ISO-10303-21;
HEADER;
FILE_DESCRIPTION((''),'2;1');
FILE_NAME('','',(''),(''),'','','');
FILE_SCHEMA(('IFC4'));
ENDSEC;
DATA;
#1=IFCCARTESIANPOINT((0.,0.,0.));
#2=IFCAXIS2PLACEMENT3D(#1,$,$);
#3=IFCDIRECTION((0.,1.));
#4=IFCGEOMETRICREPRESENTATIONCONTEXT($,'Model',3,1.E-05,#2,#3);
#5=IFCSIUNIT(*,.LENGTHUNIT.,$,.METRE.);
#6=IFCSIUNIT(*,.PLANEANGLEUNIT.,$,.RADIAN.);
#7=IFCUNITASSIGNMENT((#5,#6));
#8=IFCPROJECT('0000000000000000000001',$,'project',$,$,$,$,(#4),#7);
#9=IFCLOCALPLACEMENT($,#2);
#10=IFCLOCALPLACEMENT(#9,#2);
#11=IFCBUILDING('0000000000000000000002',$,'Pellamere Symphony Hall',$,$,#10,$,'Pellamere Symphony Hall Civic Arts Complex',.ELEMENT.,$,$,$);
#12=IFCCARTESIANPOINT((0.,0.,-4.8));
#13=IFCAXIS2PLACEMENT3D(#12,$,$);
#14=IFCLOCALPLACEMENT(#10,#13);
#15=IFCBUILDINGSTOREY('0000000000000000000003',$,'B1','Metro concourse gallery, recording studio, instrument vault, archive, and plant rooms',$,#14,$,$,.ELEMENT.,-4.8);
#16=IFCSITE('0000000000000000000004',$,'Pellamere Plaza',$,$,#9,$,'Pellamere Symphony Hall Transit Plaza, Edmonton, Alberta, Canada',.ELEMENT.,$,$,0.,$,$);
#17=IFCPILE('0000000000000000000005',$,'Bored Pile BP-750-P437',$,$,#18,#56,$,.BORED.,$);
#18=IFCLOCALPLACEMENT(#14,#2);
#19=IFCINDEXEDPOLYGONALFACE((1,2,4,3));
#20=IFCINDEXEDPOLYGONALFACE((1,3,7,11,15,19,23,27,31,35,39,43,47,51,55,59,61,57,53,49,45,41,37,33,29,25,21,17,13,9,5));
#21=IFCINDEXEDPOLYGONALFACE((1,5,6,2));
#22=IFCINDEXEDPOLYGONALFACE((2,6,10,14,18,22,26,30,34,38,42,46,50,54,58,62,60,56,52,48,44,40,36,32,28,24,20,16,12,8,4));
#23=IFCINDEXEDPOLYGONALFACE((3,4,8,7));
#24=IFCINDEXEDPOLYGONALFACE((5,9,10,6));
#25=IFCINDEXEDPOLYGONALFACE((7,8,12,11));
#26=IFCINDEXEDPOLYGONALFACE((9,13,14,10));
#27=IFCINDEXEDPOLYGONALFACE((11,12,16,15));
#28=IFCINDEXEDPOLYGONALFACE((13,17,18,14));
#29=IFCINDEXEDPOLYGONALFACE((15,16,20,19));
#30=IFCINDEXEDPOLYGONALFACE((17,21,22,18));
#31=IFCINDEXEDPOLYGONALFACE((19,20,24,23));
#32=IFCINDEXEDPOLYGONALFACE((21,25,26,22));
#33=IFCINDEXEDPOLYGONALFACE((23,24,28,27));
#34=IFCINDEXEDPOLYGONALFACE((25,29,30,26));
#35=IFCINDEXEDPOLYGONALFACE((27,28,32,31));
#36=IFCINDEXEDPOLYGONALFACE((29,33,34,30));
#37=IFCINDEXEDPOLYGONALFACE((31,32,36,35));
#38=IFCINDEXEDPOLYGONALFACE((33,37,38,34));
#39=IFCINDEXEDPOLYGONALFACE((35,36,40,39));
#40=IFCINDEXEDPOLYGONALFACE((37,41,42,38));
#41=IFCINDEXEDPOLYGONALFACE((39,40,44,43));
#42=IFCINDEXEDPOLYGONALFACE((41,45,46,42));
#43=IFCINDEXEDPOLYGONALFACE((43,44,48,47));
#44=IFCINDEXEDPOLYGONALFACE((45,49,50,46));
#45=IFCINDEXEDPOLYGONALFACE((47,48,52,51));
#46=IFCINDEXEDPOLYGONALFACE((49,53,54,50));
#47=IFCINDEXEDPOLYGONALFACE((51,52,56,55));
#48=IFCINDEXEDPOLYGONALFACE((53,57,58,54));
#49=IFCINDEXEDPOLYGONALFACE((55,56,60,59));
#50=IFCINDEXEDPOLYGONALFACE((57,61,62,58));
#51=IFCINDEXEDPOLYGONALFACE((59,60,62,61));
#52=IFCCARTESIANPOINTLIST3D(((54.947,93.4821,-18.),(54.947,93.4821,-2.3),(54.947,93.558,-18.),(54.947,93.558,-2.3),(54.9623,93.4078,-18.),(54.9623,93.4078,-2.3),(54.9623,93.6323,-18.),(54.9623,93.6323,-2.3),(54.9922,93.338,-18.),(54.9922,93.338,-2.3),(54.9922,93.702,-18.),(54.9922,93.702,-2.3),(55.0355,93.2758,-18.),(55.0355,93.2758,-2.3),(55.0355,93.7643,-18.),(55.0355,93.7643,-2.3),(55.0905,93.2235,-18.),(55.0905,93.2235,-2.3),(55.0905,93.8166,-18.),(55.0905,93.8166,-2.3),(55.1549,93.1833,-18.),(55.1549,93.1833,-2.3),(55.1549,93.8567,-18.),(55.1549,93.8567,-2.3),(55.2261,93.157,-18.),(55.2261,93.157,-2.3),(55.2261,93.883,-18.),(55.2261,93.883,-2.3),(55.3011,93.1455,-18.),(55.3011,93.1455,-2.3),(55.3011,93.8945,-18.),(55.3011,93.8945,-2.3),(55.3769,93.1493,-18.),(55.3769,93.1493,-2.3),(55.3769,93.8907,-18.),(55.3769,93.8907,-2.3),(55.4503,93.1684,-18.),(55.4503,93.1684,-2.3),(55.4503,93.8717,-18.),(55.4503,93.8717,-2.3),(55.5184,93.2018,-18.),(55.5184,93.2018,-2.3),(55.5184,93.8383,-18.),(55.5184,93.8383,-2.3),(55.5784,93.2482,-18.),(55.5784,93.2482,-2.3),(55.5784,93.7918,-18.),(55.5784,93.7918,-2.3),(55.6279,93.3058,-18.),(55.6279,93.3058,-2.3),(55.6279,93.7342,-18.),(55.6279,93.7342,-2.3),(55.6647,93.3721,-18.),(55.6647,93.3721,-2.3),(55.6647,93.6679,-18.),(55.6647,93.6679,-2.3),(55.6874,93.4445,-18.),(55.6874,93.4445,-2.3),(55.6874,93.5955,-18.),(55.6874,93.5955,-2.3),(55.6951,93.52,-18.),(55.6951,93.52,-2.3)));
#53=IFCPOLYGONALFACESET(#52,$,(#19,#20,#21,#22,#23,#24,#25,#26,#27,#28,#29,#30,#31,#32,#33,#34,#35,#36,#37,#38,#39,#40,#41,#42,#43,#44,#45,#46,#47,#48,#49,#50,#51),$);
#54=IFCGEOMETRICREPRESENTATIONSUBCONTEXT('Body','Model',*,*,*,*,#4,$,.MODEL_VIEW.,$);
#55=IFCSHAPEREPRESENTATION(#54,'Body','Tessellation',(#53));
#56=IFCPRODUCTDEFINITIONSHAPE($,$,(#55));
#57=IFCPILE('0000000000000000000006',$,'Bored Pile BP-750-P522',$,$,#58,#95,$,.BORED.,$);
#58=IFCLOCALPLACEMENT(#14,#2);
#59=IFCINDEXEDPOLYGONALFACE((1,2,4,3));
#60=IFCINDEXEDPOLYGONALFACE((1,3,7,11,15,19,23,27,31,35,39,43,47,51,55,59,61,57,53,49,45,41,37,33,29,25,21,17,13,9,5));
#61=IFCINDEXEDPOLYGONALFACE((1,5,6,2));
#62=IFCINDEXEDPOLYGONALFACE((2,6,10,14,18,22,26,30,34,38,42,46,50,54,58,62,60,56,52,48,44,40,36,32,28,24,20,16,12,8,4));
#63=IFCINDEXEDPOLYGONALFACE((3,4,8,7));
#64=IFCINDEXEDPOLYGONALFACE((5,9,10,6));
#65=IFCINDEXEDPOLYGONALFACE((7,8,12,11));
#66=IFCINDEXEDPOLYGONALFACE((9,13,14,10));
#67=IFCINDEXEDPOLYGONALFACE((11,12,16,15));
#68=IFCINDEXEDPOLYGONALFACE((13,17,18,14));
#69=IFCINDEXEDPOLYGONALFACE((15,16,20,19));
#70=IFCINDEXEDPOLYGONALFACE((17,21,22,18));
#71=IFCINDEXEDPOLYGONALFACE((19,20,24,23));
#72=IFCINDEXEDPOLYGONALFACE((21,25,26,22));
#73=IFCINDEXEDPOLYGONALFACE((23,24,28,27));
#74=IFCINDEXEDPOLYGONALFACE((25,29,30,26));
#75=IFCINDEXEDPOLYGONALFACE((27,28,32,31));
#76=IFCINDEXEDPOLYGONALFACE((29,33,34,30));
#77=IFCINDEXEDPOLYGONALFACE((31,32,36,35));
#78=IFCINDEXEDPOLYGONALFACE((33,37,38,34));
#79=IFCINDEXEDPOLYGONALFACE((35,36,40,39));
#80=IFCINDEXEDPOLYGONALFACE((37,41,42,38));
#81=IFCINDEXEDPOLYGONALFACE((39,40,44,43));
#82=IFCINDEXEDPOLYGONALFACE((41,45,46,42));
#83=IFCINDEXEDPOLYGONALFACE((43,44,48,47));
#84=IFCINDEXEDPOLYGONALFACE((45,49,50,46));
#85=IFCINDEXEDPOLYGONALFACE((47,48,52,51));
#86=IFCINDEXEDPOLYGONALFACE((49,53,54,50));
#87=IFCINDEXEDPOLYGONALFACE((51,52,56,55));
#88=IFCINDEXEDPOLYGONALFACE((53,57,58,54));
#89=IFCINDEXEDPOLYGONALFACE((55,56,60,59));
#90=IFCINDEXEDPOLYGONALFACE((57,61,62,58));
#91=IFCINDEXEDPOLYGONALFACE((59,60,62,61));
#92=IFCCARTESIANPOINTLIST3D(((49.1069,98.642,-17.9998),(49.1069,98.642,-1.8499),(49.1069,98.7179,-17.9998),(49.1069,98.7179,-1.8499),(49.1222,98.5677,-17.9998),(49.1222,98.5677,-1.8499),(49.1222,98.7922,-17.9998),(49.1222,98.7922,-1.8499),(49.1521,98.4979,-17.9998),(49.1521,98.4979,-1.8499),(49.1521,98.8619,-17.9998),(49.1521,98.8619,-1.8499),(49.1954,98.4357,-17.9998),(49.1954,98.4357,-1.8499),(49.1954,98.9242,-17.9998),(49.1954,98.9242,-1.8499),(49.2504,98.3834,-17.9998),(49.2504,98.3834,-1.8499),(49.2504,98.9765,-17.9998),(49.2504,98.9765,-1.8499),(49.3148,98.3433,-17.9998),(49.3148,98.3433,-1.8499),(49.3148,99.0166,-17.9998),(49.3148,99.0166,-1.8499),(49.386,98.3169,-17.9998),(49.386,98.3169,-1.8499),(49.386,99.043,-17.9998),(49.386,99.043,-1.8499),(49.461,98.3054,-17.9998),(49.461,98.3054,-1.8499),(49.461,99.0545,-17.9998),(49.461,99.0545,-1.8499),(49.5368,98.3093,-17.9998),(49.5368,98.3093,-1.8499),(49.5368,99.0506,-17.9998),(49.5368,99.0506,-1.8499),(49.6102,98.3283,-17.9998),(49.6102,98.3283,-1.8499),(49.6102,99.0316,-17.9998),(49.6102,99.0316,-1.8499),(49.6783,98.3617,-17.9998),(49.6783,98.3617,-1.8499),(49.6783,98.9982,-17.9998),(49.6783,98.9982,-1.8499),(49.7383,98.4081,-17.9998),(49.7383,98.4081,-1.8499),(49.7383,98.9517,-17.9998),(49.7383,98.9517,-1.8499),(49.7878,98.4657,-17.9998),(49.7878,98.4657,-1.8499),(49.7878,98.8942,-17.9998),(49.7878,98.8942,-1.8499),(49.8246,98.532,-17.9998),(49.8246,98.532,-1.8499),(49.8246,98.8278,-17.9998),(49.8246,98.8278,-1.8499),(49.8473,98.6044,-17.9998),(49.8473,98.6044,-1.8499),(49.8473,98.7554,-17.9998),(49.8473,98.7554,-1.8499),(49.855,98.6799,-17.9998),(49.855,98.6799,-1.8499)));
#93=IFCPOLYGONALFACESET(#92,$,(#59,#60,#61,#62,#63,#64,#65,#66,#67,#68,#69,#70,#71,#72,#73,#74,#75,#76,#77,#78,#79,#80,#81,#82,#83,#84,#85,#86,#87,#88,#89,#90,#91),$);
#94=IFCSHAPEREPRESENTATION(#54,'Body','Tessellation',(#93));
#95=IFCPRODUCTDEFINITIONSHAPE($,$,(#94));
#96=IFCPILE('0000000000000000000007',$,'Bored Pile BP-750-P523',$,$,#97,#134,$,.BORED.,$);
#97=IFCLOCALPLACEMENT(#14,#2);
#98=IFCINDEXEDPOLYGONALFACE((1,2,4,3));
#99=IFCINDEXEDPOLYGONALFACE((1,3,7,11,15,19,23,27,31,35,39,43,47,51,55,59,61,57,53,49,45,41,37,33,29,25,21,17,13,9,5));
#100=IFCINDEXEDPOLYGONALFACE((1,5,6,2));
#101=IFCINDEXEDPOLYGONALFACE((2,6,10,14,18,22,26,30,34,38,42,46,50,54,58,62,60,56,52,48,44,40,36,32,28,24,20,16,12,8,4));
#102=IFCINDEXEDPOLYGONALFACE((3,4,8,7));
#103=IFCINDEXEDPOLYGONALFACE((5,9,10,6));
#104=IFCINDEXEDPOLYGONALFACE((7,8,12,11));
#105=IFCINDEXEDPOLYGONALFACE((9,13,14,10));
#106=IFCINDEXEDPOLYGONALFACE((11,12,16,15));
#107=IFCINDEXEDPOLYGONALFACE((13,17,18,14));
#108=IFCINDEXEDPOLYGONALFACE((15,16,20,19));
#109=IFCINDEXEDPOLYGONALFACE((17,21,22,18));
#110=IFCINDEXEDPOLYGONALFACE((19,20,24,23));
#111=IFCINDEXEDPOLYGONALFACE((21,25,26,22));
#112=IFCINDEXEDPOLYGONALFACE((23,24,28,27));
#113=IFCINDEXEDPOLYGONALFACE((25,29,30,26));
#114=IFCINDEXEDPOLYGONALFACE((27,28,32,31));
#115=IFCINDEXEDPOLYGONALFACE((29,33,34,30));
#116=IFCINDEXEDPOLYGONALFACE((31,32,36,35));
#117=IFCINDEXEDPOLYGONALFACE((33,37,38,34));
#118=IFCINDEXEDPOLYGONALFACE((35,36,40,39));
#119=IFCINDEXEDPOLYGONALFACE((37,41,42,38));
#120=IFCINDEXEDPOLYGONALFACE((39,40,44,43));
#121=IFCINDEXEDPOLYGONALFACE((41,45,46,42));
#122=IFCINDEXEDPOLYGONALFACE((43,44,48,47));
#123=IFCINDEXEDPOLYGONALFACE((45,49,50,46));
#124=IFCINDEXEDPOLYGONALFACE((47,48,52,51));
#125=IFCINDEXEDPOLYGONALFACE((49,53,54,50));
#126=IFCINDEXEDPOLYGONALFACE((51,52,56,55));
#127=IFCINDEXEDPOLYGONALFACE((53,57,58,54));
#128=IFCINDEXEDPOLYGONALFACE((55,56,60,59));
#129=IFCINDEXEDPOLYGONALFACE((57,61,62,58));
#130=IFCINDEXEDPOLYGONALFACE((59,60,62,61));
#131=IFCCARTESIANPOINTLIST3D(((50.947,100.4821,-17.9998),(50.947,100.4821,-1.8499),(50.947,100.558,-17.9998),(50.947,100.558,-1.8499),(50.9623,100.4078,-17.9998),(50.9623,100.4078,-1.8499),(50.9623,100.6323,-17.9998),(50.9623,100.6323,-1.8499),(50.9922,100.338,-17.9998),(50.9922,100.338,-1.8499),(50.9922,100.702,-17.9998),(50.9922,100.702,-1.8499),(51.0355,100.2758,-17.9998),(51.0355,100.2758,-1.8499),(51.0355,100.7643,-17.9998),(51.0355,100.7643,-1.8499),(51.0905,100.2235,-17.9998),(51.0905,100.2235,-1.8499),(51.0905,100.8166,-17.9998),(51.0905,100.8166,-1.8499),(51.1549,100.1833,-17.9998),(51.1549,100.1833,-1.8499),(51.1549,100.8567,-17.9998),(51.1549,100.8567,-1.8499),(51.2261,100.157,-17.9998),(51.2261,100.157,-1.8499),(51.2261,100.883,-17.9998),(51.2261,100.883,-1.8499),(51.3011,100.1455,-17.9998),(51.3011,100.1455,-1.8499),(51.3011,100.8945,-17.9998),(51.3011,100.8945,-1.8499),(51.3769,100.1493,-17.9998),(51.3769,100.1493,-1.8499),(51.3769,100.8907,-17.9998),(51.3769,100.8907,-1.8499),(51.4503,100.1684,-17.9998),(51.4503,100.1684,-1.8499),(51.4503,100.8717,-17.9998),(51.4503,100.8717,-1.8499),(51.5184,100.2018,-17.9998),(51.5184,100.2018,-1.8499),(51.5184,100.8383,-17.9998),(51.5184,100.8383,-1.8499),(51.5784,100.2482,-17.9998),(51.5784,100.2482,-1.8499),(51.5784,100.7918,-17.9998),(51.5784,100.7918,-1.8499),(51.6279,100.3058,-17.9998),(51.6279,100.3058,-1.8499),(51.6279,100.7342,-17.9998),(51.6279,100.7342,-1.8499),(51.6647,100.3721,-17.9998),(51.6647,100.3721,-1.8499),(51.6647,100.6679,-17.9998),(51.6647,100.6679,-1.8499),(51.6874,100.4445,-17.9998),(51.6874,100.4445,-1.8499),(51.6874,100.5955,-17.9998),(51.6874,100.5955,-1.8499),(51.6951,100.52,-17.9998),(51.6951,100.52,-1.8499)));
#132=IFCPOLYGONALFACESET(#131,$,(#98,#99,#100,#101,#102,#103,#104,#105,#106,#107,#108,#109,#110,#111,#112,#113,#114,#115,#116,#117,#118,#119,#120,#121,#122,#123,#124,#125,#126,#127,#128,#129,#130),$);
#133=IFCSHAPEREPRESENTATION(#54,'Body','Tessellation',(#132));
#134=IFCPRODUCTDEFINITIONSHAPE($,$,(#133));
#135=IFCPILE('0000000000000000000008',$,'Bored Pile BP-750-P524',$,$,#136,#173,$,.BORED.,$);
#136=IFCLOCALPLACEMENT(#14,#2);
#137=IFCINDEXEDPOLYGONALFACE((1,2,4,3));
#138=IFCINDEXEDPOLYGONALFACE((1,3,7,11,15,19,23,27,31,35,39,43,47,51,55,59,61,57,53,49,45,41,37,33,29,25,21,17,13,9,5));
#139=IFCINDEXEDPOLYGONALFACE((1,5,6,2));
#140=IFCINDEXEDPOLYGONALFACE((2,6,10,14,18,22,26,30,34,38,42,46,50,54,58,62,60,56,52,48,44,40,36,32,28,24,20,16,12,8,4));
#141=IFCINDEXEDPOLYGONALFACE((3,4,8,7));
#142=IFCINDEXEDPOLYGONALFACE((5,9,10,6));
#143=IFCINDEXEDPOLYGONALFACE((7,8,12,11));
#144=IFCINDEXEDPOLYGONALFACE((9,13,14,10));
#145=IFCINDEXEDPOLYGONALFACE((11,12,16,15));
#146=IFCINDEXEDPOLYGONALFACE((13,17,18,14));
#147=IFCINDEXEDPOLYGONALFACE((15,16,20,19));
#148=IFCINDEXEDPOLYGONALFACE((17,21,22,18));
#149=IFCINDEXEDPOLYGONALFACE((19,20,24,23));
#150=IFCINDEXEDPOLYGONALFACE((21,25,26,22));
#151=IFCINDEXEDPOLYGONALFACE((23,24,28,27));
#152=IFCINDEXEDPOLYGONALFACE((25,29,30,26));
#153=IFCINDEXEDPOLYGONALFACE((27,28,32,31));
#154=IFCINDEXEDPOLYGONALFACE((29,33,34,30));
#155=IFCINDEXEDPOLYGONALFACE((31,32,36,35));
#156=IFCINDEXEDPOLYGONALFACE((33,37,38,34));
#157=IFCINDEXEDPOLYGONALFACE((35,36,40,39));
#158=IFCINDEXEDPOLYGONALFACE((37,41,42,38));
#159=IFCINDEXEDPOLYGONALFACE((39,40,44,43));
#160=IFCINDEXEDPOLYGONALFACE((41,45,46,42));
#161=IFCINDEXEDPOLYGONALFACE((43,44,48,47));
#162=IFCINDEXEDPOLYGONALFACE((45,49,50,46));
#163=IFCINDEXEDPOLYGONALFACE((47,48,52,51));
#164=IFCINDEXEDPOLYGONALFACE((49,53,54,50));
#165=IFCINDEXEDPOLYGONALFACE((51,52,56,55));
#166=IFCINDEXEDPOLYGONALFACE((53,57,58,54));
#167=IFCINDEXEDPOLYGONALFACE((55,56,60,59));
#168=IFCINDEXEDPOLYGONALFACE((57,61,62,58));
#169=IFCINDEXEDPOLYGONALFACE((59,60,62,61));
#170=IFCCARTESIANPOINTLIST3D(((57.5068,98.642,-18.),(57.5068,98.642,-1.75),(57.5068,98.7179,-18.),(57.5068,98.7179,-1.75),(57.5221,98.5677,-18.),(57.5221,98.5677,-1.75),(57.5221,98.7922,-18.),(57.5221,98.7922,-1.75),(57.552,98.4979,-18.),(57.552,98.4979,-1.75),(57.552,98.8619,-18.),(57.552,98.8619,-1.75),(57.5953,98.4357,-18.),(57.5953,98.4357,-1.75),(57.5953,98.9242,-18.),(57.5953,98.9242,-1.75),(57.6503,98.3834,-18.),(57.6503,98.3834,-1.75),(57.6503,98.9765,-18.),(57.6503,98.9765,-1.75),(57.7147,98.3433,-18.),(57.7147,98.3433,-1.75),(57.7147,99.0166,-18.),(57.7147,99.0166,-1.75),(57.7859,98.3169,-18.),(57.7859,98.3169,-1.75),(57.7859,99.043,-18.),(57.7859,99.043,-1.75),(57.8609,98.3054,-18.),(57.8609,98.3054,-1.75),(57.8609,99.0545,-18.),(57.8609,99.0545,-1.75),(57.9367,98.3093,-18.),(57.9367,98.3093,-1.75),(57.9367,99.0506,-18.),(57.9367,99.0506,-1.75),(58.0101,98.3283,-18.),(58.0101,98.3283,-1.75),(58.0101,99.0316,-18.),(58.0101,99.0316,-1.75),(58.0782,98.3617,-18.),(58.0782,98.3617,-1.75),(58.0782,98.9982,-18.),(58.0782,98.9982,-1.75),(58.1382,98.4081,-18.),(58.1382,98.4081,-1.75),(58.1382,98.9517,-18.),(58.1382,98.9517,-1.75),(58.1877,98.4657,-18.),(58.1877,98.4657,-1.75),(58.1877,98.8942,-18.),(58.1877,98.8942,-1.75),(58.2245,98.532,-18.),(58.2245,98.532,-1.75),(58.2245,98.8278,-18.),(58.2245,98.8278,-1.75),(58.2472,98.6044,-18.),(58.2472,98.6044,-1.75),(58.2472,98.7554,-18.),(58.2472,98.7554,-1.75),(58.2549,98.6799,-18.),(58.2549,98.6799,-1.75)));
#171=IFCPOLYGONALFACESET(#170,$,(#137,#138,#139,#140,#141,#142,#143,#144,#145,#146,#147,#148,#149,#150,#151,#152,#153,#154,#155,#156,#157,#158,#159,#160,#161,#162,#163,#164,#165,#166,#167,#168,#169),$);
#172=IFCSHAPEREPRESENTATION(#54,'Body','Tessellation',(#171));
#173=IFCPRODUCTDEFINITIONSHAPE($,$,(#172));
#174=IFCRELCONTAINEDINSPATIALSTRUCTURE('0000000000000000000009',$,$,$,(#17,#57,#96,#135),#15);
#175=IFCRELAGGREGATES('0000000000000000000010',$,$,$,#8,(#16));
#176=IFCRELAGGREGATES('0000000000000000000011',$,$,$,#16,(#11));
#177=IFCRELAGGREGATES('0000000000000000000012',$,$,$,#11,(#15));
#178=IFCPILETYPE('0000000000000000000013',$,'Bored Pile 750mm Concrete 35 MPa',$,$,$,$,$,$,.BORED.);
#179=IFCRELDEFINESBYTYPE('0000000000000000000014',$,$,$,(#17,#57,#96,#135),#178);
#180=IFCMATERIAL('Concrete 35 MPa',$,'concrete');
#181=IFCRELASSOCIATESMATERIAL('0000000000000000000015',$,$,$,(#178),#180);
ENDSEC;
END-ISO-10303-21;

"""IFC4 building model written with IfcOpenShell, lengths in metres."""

from ifc_helpers import new_model, si_unit, direction, frame, origin, origin_2d, place, context, subcontext, project, spatial, circle, extrude, material, material_profile, profile_set, type_object, element, save


model = new_model("IFC4")

# Units and contexts
model_context = context("Model", 3, precision=1e-05, world=origin(), true_north=direction((0.0, 1.0)))
body_context = subcontext(model_context, "Body", "Model", "MODEL_VIEW")
ifc_project = project(units=[si_unit("LENGTHUNIT", "METRE"), si_unit("PLANEANGLEUNIT", "RADIAN")], contexts=[model_context])

# Site, building, storey
site_placement = place(None, origin())
site = spatial("IfcSite", under=ifc_project, at=site_placement, Name="Pellamere Plaza", LongName="Pellamere Symphony Hall Transit Plaza, Edmonton, Alberta, Canada", CompositionType="ELEMENT", RefElevation=0.0)
building_placement = place(site_placement, origin())
building = spatial("IfcBuilding", under=site, at=building_placement, Name="Pellamere Symphony Hall", LongName="Pellamere Symphony Hall Civic Arts Complex", CompositionType="ELEMENT")
storey_placement = place(building_placement, frame((0.0, 0.0, -4.8)))
storey = spatial("IfcBuildingStorey", under=building, at=storey_placement, Name="B1", Description="Metro concourse gallery, recording studio, instrument vault, archive, and plant rooms", CompositionType="ELEMENT", Elevation=-4.8)

# Piles
ifc_material_1 = material(Name="Concrete 35 MPa", Category="concrete")
ifc_material_profile_1 = material_profile(ifc_material_1, circle(Radius=0.375, at=origin_2d()), Name="PILE D750")
ifc_profile_set_1 = profile_set([ifc_material_profile_1], Name="Concrete 35 MPa")
pile_type_1 = type_object("IfcPileType", Name="Bored Pile 750mm Concrete 35 MPa", PredefinedType="BORED", material=ifc_profile_set_1)
pile_1_placement = place(storey_placement, frame((55.3201, 93.52, -2.3), z_axis=(0.0, 0.0, -1.0), x_axis=(1.0, 0.0, 0.0)))
element("IfcPile", 1, at=pile_1_placement, inside=storey, type_object=pile_type_1, Name="Bored Pile BP-750-P437", PredefinedType="BORED", context=body_context, shape_type="SweptSolid", body=[
    extrude(circle(Radius=0.375, at=origin_2d()), origin(), (0.0, 0.0, 1.0), 15.7),
])
for number, where, z_axis, x_axis, name in (
    (2, (49.48, 98.6799, -1.8499), (0.0, 0.0, -1.0), (1.0, 0.0, 0.0), "Bored Pile BP-750-P522"),
    (3, (51.3201, 100.52, -1.8499), (0.0, 0.0, -1.0), (1.0, 0.0, 0.0), "Bored Pile BP-750-P523"),
):
    element("IfcPile", number, at=place(storey_placement, frame(where, z_axis=z_axis, x_axis=x_axis)), inside=storey, type_object=pile_type_1, Name=name, PredefinedType="BORED", context=body_context, shape_type="SweptSolid", body=[
        extrude(circle(Radius=0.375, at=origin_2d()), origin(), (0.0, 0.0, 1.0), 16.1499),
    ])
pile_2_placement = place(storey_placement, frame((57.8799, 98.6799, -1.75), z_axis=(0.0, 0.0, -1.0), x_axis=(1.0, 0.0, 0.0)))
element("IfcPile", 4, at=pile_2_placement, inside=storey, type_object=pile_type_1, Name="Bored Pile BP-750-P524", PredefinedType="BORED", context=body_context, shape_type="SweptSolid", body=[
    extrude(circle(Radius=0.375, at=origin_2d()), origin(), (0.0, 0.0, 1.0), 16.25),
])

save(model, "model.ifc")
